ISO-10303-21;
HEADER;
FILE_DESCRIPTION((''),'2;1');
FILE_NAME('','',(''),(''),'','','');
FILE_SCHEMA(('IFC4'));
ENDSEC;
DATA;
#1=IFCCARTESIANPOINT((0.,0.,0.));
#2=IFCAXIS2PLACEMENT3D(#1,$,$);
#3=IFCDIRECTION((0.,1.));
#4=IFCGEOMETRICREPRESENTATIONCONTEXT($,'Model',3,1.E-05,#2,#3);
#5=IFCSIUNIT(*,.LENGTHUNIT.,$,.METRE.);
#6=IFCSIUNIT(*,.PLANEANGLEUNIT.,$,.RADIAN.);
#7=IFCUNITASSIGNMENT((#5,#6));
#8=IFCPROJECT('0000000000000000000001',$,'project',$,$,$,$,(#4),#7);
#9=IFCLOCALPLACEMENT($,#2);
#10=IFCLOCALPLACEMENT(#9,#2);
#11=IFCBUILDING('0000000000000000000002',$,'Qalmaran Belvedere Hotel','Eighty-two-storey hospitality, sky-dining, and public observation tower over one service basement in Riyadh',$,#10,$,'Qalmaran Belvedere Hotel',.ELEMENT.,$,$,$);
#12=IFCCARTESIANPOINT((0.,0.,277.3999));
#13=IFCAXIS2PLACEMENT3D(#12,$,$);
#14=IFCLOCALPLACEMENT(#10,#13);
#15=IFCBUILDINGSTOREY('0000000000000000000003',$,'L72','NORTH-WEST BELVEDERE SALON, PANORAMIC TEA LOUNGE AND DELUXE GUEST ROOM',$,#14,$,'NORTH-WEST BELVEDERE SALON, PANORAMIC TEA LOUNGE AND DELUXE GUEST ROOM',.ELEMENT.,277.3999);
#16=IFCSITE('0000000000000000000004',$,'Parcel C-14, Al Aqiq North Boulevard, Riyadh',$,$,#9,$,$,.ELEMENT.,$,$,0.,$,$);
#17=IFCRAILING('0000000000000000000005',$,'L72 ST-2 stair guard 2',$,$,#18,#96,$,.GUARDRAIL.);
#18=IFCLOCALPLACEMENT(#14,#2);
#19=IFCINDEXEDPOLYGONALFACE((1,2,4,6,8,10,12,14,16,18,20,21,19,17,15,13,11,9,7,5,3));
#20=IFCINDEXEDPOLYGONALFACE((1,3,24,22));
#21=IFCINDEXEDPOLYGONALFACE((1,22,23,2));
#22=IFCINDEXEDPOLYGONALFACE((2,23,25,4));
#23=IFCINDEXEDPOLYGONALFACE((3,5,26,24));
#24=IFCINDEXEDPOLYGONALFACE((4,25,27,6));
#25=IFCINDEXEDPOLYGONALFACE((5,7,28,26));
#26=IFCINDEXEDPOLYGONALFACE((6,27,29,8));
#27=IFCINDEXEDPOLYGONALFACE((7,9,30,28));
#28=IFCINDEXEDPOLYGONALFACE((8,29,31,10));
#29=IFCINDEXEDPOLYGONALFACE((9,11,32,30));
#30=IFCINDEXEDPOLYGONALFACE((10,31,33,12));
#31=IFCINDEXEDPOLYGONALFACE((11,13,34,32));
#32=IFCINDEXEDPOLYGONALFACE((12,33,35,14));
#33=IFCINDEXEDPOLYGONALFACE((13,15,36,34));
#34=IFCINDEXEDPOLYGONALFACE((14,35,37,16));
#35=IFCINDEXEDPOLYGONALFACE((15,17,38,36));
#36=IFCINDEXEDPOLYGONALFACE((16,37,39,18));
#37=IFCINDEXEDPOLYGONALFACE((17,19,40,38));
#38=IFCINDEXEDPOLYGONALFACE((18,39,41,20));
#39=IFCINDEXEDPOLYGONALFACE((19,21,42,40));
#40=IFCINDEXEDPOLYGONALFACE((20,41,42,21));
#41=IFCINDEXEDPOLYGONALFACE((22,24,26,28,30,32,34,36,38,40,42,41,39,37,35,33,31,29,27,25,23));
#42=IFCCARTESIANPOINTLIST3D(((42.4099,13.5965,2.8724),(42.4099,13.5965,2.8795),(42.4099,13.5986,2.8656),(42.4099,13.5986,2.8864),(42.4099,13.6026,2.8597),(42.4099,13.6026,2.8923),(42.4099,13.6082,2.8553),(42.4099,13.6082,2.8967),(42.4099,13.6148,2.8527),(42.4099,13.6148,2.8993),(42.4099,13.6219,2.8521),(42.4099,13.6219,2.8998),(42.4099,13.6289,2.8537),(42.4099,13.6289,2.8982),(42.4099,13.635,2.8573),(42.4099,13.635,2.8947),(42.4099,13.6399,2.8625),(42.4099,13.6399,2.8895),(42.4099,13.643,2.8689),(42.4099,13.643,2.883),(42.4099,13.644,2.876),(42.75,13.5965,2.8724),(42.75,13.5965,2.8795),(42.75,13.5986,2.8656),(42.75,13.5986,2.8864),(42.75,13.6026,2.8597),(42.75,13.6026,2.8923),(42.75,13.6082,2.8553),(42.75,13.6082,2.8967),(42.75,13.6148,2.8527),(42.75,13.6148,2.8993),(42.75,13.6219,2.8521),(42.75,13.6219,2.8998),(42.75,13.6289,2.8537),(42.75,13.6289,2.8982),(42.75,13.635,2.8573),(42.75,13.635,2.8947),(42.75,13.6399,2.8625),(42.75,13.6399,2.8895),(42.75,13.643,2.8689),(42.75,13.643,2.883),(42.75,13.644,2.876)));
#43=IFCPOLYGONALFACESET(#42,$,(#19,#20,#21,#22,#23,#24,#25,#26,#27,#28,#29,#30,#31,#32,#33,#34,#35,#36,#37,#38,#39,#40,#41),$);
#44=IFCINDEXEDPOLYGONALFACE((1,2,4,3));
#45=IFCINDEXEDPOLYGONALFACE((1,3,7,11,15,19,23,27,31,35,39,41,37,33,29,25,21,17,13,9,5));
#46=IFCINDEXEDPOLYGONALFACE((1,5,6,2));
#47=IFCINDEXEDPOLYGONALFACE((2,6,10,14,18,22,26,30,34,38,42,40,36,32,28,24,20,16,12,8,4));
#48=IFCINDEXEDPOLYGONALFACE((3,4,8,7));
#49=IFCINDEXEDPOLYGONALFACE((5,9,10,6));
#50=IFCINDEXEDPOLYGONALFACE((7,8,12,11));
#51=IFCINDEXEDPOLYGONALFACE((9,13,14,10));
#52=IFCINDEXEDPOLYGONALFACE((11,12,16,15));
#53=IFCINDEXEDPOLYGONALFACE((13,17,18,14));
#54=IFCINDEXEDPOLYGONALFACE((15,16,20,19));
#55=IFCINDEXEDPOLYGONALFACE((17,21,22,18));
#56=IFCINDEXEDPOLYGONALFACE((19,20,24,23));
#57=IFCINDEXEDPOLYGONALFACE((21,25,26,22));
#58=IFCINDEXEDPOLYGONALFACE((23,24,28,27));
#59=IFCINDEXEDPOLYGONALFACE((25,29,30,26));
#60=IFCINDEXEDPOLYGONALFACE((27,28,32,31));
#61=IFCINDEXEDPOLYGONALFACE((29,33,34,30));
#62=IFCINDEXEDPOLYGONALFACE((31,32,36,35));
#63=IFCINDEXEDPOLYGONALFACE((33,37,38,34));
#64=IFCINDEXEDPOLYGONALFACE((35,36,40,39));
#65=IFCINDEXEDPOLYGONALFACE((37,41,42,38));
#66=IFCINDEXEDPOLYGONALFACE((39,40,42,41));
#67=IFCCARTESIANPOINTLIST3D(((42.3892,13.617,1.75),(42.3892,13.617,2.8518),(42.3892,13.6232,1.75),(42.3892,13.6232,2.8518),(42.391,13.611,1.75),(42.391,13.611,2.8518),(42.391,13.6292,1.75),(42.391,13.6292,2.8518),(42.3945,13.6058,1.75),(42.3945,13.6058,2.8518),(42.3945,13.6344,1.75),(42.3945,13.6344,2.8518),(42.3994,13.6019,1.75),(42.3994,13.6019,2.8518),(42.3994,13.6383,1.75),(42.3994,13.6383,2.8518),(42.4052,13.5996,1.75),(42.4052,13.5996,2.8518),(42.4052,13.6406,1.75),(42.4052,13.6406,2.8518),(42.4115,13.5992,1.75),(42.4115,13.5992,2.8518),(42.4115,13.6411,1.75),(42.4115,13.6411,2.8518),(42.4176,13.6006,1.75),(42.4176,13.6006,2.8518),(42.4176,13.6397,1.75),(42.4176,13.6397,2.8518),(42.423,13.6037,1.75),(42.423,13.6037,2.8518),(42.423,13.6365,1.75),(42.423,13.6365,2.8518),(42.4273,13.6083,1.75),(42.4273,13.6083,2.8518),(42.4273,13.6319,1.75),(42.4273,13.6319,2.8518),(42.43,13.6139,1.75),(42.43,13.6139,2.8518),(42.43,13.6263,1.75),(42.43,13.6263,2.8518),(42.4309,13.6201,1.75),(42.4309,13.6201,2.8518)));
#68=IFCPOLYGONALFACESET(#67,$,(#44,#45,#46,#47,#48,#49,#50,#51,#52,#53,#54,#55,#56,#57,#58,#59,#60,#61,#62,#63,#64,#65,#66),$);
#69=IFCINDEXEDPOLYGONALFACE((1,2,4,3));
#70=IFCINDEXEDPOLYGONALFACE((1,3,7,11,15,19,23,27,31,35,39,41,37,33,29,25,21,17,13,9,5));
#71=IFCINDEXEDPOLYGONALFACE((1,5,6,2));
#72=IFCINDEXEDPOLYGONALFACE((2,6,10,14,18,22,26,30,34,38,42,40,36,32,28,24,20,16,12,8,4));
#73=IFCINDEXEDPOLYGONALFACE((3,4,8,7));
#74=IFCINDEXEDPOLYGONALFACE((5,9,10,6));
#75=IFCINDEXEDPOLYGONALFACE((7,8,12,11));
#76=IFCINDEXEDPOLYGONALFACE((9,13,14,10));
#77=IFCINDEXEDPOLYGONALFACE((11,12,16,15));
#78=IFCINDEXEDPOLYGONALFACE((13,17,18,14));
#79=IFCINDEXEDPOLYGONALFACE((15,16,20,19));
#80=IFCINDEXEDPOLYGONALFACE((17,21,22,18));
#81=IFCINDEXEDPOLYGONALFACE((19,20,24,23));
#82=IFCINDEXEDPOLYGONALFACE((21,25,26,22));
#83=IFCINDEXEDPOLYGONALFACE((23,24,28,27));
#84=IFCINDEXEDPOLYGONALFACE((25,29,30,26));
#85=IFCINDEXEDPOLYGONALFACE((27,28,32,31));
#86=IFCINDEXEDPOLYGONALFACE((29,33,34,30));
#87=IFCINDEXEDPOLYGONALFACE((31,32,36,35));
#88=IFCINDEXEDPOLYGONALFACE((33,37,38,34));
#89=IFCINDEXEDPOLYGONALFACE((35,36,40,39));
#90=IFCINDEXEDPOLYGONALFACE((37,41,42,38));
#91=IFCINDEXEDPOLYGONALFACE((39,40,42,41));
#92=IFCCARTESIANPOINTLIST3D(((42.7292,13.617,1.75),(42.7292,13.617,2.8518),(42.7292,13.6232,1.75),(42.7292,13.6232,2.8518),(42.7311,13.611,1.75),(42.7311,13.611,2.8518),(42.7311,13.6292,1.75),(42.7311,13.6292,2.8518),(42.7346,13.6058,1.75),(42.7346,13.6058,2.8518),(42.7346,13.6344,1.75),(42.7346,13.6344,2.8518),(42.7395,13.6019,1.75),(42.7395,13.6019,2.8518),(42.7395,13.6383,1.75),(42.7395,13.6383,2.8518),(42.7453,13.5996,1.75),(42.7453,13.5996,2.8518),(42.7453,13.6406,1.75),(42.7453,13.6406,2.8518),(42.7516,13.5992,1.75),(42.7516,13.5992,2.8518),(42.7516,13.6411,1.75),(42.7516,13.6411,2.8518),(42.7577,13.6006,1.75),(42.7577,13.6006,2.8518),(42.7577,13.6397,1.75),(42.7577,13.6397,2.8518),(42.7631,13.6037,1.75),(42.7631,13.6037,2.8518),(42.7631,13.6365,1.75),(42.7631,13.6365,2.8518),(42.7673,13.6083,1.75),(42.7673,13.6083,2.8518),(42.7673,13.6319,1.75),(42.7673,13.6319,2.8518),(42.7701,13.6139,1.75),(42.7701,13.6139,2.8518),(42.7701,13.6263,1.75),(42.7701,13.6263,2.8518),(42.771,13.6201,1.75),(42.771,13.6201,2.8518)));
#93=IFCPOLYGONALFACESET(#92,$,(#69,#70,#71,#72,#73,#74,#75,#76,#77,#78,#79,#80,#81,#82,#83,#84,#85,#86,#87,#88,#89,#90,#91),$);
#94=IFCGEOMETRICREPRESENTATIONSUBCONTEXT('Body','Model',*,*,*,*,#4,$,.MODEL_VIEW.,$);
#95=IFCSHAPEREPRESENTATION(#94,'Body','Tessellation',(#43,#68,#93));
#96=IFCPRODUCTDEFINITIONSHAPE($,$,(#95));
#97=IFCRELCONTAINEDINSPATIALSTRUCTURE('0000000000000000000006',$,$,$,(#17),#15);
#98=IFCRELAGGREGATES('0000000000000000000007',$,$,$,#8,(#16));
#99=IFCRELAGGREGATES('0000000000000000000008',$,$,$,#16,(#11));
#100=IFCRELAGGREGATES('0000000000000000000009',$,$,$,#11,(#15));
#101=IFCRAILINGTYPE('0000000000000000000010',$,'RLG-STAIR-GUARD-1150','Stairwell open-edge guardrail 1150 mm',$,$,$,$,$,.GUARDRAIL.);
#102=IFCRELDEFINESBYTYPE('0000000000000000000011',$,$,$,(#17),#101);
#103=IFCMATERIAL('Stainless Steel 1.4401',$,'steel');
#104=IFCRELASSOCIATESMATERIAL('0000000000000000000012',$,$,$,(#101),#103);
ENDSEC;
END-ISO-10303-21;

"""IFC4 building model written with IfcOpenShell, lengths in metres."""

from ifc_helpers import new_model, si_unit, direction, frame, origin, origin_2d, place, context, subcontext, project, spatial, circle, extrude, material, type_object, element, save


model = new_model("IFC4")

# Units and contexts
model_context = context("Model", 3, precision=1e-05, world=origin(), true_north=direction((0.0, 1.0)))
body_context = subcontext(model_context, "Body", "Model", "MODEL_VIEW")
ifc_project = project(units=[si_unit("LENGTHUNIT", "METRE"), si_unit("PLANEANGLEUNIT", "RADIAN")], contexts=[model_context])

# Site, building, storey
site_placement = place(None, origin())
site = spatial("IfcSite", under=ifc_project, at=site_placement, Name="Parcel C-14, Al Aqiq North Boulevard, Riyadh", CompositionType="ELEMENT", RefElevation=0.0)
building_placement = place(site_placement, origin())
building = spatial("IfcBuilding", under=site, at=building_placement, Name="Qalmaran Belvedere Hotel", Description="Eighty-two-storey hospitality, sky-dining, and public observation tower over one service basement in Riyadh", LongName="Qalmaran Belvedere Hotel", CompositionType="ELEMENT")
storey_placement = place(building_placement, frame((0.0, 0.0, 277.3999)))
storey = spatial("IfcBuildingStorey", under=building, at=storey_placement, Name="L72", Description="NORTH-WEST BELVEDERE SALON, PANORAMIC TEA LOUNGE AND DELUXE GUEST ROOM", LongName="NORTH-WEST BELVEDERE SALON, PANORAMIC TEA LOUNGE AND DELUXE GUEST ROOM", CompositionType="ELEMENT", Elevation=277.3999)

# Railing
ifc_material_1 = material(Name="Stainless Steel 1.4401", Category="steel")
railing_type_1 = type_object("IfcRailingType", Name="RLG-STAIR-GUARD-1150", Description="Stairwell open-edge guardrail 1150 mm", PredefinedType="GUARDRAIL", material=ifc_material_1)
railing_1_placement = place(storey_placement, frame((42.4099, 13.6201, 1.75)))
element("IfcRailing", 1, at=railing_1_placement, inside=storey, type_object=railing_type_1, Name="L72 ST-2 stair guard 2", PredefinedType="GUARDRAIL", context=body_context, shape_type="SweptSolid", body=[
    extrude(circle(Radius=0.0239, at=origin_2d()), frame((0.0, 0.0, 1.126), z_axis=(1.0, 0.0, 0.0), x_axis=(0.0, 1.0, 0.0)), (0.0, 0.0, 1.0), 0.3401),
    extrude(circle(Radius=0.021, at=origin_2d()), origin(), (0.0, 0.0, 1.0), 1.1018),
    extrude(circle(Radius=0.021, at=origin_2d()), frame((0.3401, 0.0, 0.0)), (0.0, 0.0, 1.0), 1.1018),
])

save(model, "model.ifc")
